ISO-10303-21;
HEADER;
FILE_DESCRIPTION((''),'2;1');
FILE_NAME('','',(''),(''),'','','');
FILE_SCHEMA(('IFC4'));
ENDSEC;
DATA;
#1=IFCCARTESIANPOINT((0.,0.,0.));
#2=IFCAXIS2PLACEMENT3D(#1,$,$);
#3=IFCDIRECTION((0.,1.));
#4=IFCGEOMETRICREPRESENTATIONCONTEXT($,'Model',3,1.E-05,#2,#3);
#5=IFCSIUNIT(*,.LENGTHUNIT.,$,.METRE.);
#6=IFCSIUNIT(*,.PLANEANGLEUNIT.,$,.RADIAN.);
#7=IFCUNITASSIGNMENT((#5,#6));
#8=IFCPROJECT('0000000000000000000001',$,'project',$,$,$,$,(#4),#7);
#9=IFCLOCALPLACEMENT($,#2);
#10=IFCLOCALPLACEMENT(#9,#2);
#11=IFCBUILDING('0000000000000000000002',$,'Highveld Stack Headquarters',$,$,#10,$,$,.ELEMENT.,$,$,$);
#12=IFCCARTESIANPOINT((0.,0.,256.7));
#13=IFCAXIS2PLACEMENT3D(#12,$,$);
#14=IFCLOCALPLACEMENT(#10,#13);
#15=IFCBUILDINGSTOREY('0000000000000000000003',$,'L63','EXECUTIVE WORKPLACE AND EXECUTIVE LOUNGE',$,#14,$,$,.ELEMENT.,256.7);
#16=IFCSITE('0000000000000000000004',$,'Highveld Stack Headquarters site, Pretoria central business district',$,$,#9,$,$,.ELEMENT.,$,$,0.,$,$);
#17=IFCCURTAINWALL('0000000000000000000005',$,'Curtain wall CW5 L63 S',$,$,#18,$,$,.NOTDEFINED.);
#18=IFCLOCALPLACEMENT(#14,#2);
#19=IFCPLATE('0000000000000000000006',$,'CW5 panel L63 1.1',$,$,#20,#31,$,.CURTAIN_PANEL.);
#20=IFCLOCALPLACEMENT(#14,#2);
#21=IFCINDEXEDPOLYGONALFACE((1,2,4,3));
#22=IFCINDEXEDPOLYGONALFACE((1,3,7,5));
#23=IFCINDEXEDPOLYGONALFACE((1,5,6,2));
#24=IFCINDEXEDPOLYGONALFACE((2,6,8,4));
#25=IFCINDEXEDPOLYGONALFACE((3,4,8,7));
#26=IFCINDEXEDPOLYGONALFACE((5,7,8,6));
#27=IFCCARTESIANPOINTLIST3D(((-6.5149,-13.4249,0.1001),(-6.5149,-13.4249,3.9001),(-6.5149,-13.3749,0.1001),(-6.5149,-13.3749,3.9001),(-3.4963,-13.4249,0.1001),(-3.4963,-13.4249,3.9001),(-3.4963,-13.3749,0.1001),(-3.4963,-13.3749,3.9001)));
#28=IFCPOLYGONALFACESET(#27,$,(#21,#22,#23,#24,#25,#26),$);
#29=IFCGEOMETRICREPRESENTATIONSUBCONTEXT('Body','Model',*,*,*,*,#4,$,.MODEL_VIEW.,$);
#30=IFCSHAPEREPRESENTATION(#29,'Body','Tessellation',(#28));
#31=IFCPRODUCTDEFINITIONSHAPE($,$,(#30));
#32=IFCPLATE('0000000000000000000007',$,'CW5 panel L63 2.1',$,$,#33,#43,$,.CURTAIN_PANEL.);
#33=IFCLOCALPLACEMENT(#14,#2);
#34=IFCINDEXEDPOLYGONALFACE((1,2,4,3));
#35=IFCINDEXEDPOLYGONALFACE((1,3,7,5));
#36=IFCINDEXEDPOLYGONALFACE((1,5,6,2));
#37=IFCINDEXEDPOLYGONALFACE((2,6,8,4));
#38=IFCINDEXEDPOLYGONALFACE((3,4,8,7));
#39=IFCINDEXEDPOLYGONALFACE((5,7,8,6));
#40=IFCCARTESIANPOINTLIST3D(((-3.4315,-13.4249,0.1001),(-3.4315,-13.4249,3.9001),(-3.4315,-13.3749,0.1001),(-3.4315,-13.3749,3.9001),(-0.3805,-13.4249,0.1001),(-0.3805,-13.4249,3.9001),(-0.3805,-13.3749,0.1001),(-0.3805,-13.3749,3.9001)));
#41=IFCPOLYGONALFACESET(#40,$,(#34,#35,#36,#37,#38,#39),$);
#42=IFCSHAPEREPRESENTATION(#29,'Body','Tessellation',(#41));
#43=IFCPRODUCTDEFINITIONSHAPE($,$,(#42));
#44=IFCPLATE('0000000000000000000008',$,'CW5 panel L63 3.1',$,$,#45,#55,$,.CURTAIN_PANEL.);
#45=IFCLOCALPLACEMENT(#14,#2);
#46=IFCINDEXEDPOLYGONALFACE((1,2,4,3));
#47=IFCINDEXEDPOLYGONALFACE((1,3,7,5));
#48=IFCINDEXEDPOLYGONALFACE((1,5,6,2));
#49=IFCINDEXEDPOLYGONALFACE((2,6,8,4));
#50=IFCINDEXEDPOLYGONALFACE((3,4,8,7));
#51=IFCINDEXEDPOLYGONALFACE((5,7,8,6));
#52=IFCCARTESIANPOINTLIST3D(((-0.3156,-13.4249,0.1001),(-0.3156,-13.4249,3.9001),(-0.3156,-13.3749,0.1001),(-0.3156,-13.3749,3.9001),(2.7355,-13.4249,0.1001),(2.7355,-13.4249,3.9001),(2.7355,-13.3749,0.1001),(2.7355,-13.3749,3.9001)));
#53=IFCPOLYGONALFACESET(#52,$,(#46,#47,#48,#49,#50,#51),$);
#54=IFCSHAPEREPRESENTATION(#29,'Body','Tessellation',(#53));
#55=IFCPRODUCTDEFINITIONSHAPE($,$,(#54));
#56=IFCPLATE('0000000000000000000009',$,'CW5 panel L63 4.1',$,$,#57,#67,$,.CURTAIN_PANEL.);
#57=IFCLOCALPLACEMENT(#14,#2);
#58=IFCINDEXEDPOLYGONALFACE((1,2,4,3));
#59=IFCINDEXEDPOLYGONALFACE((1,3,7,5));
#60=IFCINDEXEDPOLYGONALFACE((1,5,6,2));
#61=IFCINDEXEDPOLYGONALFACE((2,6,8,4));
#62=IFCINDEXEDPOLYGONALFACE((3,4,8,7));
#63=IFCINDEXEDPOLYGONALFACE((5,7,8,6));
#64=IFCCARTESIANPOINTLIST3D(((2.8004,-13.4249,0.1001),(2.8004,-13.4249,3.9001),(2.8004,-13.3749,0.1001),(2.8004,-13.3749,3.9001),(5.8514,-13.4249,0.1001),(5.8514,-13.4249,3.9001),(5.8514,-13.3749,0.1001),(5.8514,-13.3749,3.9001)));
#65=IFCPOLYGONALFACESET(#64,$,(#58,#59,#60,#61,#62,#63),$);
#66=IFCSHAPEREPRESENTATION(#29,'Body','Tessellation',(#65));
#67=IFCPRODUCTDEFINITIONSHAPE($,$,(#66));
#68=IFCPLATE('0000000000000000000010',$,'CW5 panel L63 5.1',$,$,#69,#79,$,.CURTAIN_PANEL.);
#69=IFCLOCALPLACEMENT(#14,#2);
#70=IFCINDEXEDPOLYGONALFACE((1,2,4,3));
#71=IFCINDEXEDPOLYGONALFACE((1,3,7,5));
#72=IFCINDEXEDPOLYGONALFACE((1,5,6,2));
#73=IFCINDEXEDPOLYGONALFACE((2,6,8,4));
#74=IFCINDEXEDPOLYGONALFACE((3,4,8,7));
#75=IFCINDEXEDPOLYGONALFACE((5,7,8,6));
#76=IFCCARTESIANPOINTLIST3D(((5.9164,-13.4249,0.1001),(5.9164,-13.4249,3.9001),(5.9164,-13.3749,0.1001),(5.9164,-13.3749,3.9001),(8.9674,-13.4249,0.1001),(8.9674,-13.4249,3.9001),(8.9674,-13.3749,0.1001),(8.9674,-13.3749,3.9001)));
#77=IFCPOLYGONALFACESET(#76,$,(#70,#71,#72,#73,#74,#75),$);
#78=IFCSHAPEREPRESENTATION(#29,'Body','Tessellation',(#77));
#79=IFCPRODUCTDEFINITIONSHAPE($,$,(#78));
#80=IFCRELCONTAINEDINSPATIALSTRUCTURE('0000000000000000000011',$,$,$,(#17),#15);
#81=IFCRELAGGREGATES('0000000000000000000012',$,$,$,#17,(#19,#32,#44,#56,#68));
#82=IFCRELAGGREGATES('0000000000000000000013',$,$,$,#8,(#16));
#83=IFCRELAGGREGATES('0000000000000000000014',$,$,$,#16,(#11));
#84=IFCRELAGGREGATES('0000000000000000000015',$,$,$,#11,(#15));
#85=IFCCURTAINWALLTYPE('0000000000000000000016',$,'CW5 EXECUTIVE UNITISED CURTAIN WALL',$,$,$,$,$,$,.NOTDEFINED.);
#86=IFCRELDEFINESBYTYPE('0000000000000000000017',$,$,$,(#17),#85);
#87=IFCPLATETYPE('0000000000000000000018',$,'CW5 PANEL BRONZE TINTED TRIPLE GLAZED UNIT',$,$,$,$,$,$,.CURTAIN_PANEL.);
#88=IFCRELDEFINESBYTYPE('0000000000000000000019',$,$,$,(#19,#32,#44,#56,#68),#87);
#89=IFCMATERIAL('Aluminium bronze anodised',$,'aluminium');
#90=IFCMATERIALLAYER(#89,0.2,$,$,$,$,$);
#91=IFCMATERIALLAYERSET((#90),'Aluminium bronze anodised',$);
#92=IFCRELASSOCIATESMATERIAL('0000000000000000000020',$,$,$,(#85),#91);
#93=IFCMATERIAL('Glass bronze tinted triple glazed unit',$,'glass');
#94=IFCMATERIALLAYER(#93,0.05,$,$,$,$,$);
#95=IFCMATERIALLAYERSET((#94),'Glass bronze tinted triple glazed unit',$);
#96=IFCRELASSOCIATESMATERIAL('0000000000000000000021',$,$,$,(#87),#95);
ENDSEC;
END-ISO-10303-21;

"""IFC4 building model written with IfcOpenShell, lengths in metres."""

from ifc_helpers import new_model, si_unit, direction, frame, origin, origin_2d, place, context, subcontext, project, spatial, rectangle, extrude, material, layer, layer_set, type_object, element, aggregate, save


model = new_model("IFC4")

# Units and contexts
model_context = context("Model", 3, precision=1e-05, world=origin(), true_north=direction((0.0, 1.0)))
body_context = subcontext(model_context, "Body", "Model", "MODEL_VIEW")
ifc_project = project(units=[si_unit("LENGTHUNIT", "METRE"), si_unit("PLANEANGLEUNIT", "RADIAN")], contexts=[model_context])

# Site, building, storey
site_placement = place(None, origin())
site = spatial("IfcSite", under=ifc_project, at=site_placement, Name="Highveld Stack Headquarters site, Pretoria central business district", CompositionType="ELEMENT", RefElevation=0.0)
building_placement = place(site_placement, origin())
building = spatial("IfcBuilding", under=site, at=building_placement, Name="Highveld Stack Headquarters", CompositionType="ELEMENT")
storey_placement = place(building_placement, frame((0.0, 0.0, 256.7)))
storey = spatial("IfcBuildingStorey", under=building, at=storey_placement, Name="L63", Description="EXECUTIVE WORKPLACE AND EXECUTIVE LOUNGE", CompositionType="ELEMENT", Elevation=256.7)

# Curtain wall, plates
ifc_material_1 = material(Name="Aluminium bronze anodised", Category="aluminium")
ifc_layer_1 = layer(ifc_material_1, 0.2)
ifc_layer_set_1 = layer_set([ifc_layer_1], Name="Aluminium bronze anodised")
curtain_wall_type = type_object("IfcCurtainWallType", Name="CW5 EXECUTIVE UNITISED CURTAIN WALL", PredefinedType="NOTDEFINED", material=ifc_layer_set_1)
curtain_wall_placement = place(storey_placement, origin())
curtain_wall = element("IfcCurtainWall", 1, at=curtain_wall_placement, inside=storey, type_object=curtain_wall_type, Name="Curtain wall CW5 L63 S", PredefinedType="NOTDEFINED")
ifc_material_2 = material(Name="Glass bronze tinted triple glazed unit", Category="glass")
ifc_layer_2 = layer(ifc_material_2, 0.05)
ifc_layer_set_2 = layer_set([ifc_layer_2], Name="Glass bronze tinted triple glazed unit")
plate_type = type_object("IfcPlateType", Name="CW5 PANEL BRONZE TINTED TRIPLE GLAZED UNIT", PredefinedType="CURTAIN_PANEL", material=ifc_layer_set_2)
plate_1_placement = place(storey_placement, frame((-5.0056, -13.3999, 0.1001), z_axis=(0.0, 0.0, 1.0), x_axis=(1.0, 0.0, 0.0)))
plate_1 = element("IfcPlate", 2, at=plate_1_placement, type_object=plate_type, Name="CW5 panel L63 1.1", PredefinedType="CURTAIN_PANEL", context=body_context, shape_type="SweptSolid", body=[
    extrude(rectangle(XDim=3.0186, YDim=0.05, at=origin_2d()), origin(), (0.0, 0.0, 1.0), 3.8),
])
plate_2_placement = place(storey_placement, frame((-1.906, -13.3999, 0.1001), z_axis=(0.0, 0.0, 1.0), x_axis=(1.0, 0.0, 0.0)))
plate_2 = element("IfcPlate", 3, at=plate_2_placement, type_object=plate_type, Name="CW5 panel L63 2.1", PredefinedType="CURTAIN_PANEL", context=body_context, shape_type="SweptSolid", body=[
    extrude(rectangle(XDim=3.051, YDim=0.05, at=origin_2d()), origin(), (0.0, 0.0, 1.0), 3.8),
])
plate_3_placement = place(storey_placement, frame((1.21, -13.3999, 0.1001), z_axis=(0.0, 0.0, 1.0), x_axis=(1.0, 0.0, 0.0)))
plate_3 = element("IfcPlate", 4, at=plate_3_placement, type_object=plate_type, Name="CW5 panel L63 3.1", PredefinedType="CURTAIN_PANEL", context=body_context, shape_type="SweptSolid", body=[
    extrude(rectangle(XDim=3.051, YDim=0.05, at=origin_2d()), origin(), (0.0, 0.0, 1.0), 3.8),
])
plate_4_placement = place(storey_placement, frame((4.3259, -13.3999, 0.1001), z_axis=(0.0, 0.0, 1.0), x_axis=(1.0, 0.0, 0.0)))
plate_4 = element("IfcPlate", 5, at=plate_4_placement, type_object=plate_type, Name="CW5 panel L63 4.1", PredefinedType="CURTAIN_PANEL", context=body_context, shape_type="SweptSolid", body=[
    extrude(rectangle(XDim=3.051, YDim=0.05, at=origin_2d()), origin(), (0.0, 0.0, 1.0), 3.8),
])
plate_5_placement = place(storey_placement, frame((7.4419, -13.3999, 0.1001), z_axis=(0.0, 0.0, 1.0), x_axis=(1.0, 0.0, 0.0)))
plate_5 = element("IfcPlate", 6, at=plate_5_placement, type_object=plate_type, Name="CW5 panel L63 5.1", PredefinedType="CURTAIN_PANEL", context=body_context, shape_type="SweptSolid", body=[
    extrude(rectangle(XDim=3.051, YDim=0.05, at=origin_2d()), origin(), (0.0, 0.0, 1.0), 3.8),
])
aggregate(curtain_wall, [plate_1, plate_2, plate_3, plate_4, plate_5])

save(model, "model.ifc")
